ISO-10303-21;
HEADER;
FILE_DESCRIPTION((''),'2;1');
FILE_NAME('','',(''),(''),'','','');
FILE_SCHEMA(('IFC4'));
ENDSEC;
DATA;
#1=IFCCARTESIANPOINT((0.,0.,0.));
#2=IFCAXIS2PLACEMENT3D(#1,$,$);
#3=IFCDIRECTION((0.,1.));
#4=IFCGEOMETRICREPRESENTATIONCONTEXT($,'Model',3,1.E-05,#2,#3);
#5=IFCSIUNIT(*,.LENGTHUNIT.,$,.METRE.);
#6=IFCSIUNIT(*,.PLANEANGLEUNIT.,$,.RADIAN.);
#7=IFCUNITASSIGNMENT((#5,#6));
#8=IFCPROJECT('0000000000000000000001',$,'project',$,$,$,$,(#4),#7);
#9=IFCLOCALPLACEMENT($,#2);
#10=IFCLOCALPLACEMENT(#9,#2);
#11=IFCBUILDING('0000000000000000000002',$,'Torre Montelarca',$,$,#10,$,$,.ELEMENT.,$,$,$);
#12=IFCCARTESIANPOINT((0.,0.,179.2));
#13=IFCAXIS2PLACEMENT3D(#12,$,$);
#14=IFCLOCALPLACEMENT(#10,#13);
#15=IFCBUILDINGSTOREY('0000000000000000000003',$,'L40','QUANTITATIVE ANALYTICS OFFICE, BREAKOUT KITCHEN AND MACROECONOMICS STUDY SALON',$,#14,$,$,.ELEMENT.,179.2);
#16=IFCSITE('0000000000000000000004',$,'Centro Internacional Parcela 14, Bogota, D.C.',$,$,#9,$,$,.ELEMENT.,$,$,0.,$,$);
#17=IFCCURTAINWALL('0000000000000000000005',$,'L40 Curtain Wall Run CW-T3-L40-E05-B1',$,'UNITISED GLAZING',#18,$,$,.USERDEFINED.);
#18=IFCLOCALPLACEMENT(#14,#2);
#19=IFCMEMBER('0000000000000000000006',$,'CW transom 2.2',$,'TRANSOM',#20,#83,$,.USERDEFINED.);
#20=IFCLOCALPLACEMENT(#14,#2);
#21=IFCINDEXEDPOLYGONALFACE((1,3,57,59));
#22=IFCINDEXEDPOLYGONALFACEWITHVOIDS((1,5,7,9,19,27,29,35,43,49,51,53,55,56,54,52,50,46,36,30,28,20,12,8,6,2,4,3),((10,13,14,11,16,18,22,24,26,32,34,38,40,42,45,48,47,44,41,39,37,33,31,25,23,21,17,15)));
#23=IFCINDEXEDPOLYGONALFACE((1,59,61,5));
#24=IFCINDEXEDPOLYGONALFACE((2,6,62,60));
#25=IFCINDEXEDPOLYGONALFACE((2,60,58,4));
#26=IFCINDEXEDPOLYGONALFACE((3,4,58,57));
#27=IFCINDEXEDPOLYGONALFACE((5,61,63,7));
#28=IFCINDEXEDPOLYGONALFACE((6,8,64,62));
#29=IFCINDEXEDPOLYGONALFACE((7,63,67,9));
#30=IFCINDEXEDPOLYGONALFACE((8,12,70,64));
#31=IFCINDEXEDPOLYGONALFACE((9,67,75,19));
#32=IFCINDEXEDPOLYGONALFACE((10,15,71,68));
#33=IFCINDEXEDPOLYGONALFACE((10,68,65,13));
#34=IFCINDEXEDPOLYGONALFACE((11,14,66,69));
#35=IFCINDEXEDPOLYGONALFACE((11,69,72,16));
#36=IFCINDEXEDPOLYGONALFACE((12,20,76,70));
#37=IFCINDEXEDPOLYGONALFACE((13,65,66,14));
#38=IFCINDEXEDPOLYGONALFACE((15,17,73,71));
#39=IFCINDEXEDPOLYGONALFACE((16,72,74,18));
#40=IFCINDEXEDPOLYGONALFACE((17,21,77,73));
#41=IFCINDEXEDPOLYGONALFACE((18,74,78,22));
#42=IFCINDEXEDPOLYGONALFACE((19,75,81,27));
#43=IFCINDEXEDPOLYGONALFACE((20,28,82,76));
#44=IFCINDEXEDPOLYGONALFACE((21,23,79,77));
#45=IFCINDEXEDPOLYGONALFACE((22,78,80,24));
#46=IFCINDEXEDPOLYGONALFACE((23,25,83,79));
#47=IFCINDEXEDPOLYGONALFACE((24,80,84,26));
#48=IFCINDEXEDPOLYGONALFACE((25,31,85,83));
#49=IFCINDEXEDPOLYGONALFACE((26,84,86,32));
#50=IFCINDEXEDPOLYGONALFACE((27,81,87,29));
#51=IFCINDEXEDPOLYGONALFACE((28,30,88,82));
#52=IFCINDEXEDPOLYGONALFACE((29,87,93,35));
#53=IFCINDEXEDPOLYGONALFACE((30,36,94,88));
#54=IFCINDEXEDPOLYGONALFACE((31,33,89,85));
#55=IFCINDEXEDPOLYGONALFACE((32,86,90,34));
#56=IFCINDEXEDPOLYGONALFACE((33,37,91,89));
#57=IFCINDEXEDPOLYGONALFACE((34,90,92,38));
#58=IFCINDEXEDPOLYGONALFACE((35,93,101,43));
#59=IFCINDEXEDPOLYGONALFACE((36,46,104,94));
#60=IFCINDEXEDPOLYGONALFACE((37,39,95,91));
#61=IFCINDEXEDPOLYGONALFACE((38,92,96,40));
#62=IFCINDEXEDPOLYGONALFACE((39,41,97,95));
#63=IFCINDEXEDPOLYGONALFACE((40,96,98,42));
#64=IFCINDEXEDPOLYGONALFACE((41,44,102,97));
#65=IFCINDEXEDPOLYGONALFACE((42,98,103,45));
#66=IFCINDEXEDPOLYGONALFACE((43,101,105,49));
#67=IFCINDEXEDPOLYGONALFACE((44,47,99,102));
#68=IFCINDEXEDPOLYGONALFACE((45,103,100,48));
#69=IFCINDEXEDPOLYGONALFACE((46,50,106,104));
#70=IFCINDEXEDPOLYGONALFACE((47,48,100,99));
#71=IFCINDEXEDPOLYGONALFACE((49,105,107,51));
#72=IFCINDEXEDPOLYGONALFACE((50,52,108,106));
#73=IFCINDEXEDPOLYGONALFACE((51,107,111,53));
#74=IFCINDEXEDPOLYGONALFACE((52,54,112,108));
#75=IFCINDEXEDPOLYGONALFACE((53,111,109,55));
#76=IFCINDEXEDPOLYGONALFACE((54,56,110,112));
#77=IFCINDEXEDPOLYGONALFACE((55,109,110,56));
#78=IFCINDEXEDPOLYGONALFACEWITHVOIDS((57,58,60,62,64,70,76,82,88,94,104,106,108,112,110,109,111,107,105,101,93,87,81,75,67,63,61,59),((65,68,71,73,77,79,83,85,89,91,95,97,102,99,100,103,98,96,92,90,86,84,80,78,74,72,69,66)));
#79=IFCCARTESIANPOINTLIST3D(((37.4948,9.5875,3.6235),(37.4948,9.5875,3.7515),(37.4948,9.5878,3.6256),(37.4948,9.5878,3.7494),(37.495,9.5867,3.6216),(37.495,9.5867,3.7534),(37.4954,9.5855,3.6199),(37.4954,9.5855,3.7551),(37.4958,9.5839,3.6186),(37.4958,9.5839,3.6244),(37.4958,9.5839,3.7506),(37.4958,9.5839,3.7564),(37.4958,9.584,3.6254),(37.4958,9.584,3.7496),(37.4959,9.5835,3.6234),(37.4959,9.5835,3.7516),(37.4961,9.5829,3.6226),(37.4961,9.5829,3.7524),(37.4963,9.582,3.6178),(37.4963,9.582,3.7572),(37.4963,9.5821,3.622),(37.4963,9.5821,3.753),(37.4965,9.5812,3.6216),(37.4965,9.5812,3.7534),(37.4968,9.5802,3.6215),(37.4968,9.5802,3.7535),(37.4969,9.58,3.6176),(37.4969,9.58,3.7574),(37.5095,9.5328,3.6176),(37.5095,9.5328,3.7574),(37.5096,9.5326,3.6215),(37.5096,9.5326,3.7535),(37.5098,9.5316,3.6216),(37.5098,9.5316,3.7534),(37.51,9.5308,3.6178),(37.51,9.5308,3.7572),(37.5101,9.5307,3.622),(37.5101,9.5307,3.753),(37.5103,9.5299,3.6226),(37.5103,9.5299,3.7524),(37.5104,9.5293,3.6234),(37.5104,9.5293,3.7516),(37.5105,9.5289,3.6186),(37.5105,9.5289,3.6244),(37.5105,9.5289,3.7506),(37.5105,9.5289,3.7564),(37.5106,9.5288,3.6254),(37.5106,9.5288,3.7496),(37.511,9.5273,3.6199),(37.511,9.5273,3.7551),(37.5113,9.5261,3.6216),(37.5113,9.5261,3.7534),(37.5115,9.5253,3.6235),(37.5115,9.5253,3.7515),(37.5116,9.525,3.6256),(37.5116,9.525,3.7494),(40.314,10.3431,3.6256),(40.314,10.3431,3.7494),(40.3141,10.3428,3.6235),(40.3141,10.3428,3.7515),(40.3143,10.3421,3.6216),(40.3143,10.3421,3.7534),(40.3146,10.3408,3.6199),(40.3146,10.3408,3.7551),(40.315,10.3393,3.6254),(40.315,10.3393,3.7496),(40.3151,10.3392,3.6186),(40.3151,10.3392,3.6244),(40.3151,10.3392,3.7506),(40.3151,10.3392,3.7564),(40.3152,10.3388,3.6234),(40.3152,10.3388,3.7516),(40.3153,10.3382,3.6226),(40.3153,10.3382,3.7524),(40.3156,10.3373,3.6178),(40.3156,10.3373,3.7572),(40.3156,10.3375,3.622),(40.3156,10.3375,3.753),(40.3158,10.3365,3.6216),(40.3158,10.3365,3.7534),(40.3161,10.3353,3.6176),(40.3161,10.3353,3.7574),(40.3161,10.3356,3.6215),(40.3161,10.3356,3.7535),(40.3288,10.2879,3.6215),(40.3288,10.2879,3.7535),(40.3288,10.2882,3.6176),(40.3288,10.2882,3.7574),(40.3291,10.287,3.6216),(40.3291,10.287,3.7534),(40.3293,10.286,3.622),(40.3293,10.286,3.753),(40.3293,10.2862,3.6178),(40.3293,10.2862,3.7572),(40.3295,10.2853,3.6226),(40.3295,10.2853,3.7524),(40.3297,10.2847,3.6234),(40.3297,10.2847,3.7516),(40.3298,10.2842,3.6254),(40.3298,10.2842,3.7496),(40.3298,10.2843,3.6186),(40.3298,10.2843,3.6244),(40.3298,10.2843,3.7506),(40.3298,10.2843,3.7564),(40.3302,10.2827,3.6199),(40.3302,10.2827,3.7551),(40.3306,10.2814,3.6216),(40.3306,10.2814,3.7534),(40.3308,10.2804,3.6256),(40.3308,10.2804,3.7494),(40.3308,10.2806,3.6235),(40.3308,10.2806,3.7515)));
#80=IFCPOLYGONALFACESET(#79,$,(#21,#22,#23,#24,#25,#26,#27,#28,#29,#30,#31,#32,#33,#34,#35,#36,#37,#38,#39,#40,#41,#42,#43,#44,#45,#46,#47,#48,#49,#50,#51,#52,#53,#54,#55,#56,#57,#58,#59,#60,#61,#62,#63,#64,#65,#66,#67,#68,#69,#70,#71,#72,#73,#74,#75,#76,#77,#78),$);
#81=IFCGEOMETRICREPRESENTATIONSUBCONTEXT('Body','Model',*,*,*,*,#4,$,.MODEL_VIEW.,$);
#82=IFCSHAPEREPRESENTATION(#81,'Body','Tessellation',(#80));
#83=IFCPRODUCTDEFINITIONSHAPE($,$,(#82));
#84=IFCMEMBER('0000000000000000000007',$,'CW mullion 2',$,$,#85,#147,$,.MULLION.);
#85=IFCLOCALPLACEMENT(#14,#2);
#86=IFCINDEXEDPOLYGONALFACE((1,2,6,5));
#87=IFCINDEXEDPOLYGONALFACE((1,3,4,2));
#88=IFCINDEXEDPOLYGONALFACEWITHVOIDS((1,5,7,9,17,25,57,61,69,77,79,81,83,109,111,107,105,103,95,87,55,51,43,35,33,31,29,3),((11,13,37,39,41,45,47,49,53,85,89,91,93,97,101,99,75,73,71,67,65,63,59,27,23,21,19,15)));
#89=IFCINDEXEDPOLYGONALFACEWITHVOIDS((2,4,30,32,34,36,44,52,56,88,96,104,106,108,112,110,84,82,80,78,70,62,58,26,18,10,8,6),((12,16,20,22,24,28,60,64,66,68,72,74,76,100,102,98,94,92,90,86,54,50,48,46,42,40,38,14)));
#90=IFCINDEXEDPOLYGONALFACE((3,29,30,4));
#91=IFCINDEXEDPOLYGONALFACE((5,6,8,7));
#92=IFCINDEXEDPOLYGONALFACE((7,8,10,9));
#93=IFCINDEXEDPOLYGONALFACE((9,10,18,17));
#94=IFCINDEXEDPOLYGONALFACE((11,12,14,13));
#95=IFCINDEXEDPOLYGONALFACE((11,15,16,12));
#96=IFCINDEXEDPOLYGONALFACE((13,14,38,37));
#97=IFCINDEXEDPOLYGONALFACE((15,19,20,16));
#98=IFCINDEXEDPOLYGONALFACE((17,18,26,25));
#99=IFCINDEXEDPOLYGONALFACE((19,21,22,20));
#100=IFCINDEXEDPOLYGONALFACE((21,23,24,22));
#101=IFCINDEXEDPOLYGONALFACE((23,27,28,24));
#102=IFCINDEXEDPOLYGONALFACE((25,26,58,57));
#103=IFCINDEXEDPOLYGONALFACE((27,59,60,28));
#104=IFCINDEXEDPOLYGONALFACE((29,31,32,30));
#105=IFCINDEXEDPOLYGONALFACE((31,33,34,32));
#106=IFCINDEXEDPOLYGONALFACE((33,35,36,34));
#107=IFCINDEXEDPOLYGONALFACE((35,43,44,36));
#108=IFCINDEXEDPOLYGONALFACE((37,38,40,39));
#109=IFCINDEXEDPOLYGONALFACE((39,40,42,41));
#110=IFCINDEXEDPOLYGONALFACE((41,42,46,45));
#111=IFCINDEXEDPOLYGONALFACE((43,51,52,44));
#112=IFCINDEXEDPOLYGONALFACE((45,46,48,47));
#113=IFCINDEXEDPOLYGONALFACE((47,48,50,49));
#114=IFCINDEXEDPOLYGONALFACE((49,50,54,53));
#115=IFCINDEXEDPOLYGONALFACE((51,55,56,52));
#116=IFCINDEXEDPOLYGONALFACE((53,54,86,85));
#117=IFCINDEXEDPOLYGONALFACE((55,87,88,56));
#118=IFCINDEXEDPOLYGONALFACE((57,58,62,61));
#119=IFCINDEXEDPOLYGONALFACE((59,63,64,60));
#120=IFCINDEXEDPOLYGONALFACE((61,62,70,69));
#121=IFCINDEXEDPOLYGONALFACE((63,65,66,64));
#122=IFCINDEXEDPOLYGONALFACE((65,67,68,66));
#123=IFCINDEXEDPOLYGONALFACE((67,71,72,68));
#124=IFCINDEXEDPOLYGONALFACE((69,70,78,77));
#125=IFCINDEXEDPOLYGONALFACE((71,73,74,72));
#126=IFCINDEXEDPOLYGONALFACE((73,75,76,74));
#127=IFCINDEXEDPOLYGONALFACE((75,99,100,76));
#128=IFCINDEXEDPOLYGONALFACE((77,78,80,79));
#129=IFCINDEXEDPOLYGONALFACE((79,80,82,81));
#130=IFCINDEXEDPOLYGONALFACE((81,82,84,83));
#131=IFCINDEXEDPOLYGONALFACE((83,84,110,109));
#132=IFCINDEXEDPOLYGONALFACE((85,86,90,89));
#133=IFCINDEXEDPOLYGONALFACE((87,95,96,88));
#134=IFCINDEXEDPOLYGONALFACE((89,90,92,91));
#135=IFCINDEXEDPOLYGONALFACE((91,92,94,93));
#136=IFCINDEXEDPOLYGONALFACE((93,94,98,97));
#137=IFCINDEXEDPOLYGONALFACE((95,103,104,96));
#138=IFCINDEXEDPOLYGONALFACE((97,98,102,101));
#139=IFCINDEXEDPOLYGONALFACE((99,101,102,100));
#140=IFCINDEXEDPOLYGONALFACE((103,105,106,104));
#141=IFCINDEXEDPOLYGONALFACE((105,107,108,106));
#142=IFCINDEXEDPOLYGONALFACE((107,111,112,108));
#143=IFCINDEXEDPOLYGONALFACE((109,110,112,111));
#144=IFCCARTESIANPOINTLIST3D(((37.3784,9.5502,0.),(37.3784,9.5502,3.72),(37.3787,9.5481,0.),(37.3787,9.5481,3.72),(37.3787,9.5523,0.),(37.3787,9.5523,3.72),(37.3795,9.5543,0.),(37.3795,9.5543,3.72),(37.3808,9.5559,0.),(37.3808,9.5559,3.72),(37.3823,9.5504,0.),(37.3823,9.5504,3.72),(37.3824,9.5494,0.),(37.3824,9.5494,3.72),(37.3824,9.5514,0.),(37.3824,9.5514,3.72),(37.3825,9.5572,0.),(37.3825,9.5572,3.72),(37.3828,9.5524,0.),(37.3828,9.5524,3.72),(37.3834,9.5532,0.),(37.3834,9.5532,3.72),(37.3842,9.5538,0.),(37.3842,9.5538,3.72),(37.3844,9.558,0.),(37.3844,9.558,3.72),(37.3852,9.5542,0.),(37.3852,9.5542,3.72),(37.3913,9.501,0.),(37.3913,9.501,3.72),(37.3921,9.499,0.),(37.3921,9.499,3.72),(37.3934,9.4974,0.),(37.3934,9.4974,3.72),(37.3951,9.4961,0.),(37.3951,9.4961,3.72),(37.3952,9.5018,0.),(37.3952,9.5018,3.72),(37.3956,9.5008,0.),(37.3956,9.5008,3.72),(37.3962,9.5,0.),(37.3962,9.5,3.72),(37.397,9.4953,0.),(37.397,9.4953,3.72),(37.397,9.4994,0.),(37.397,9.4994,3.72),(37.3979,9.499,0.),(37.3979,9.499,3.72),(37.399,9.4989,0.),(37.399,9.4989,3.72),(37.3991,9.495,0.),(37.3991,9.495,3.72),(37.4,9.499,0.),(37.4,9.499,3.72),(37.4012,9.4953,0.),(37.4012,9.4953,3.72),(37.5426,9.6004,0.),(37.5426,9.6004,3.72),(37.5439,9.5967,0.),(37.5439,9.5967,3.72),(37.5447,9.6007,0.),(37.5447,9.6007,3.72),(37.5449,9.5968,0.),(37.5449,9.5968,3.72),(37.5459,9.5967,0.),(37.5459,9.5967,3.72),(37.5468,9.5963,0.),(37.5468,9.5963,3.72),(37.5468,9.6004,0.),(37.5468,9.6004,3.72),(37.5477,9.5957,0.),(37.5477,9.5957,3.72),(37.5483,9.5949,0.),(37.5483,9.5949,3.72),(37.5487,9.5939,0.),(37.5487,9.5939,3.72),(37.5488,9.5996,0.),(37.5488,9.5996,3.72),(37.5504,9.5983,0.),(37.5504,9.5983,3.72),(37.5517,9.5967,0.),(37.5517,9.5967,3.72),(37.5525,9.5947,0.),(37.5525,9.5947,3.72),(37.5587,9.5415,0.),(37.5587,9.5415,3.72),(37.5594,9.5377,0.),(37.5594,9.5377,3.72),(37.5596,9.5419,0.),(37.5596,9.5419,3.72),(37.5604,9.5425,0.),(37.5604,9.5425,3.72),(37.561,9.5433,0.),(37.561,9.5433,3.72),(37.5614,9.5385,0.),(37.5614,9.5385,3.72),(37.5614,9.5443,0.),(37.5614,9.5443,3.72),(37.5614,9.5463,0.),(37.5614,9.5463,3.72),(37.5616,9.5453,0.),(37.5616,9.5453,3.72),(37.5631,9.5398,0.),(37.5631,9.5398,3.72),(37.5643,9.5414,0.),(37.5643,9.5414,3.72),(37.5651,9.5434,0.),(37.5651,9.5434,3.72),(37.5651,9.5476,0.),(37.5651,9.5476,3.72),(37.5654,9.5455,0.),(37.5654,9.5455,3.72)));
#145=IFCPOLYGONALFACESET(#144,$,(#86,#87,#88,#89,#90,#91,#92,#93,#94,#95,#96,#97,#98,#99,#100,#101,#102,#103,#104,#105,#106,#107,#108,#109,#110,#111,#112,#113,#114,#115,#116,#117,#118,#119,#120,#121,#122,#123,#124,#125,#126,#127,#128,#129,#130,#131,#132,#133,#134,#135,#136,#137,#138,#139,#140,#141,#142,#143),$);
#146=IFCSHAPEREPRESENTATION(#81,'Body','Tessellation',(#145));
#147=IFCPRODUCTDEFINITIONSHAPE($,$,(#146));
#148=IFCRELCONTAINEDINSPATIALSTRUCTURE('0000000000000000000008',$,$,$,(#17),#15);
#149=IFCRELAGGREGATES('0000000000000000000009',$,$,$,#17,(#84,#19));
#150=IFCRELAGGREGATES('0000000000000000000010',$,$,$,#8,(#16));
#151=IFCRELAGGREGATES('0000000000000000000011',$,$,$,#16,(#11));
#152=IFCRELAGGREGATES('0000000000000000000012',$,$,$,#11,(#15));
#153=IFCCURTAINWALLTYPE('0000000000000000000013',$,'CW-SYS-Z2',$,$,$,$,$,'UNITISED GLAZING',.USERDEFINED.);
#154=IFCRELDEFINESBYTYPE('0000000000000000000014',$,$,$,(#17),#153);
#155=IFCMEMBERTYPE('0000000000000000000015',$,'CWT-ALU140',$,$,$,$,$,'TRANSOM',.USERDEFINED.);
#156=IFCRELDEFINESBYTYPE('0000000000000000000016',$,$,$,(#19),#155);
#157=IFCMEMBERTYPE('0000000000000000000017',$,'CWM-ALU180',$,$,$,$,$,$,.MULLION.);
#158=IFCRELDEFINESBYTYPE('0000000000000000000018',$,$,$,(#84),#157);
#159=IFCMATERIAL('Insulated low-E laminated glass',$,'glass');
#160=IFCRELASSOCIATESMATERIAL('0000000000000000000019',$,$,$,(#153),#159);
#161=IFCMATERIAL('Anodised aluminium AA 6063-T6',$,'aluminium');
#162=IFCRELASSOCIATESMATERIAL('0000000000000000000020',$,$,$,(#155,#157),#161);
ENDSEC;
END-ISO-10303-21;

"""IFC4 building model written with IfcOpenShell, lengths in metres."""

from ifc_helpers import new_model, si_unit, direction, frame, origin, origin_2d, place, context, subcontext, project, spatial, hollow_rectangle, extrude, source, transform, mapped, material, material_profile, profile_set, type_object, element, aggregate, save


model = new_model("IFC4")

# Units and contexts
model_context = context("Model", 3, precision=1e-05, world=origin(), true_north=direction((0.0, 1.0)))
body_context = subcontext(model_context, "Body", "Model", "MODEL_VIEW")
ifc_project = project(units=[si_unit("LENGTHUNIT", "METRE"), si_unit("PLANEANGLEUNIT", "RADIAN")], contexts=[model_context])

# Site, building, storey
site_placement = place(None, origin())
site = spatial("IfcSite", under=ifc_project, at=site_placement, Name="Centro Internacional Parcela 14, Bogota, D.C.", CompositionType="ELEMENT", RefElevation=0.0)
building_placement = place(site_placement, origin())
building = spatial("IfcBuilding", under=site, at=building_placement, Name="Torre Montelarca", CompositionType="ELEMENT")
storey_placement = place(building_placement, frame((0.0, 0.0, 179.2)))
storey = spatial("IfcBuildingStorey", under=building, at=storey_placement, Name="L40", Description="QUANTITATIVE ANALYTICS OFFICE, BREAKOUT KITCHEN AND MACROECONOMICS STUDY SALON", CompositionType="ELEMENT", Elevation=179.2)

# Curtain wall, members
ifc_material_1 = material(Name="Insulated low-E laminated glass", Category="glass")
curtain_wall_type = type_object("IfcCurtainWallType", Name="CW-SYS-Z2", ElementType="UNITISED GLAZING", PredefinedType="USERDEFINED", material=ifc_material_1)
curtain_wall_1_placement = place(storey_placement, origin())
curtain_wall_1 = element("IfcCurtainWall", 1, at=curtain_wall_1_placement, inside=storey, type_object=curtain_wall_type, Name="L40 Curtain Wall Run CW-T3-L40-E05-B1", ObjectType="UNITISED GLAZING", PredefinedType="USERDEFINED")
ifc_material_2 = material(Name="Anodised aluminium AA 6063-T6", Category="aluminium")
ifc_material_profile_1 = material_profile(ifc_material_2, hollow_rectangle(XDim=0.0649, YDim=0.1399, WallThickness=0.0039, InnerFilletRadius=0.0039, OuterFilletRadius=0.0081, at=origin_2d()), Name="ALU65X140X4", Category="aluminium")
ifc_profile_set_1 = profile_set([ifc_material_profile_1], Name="Anodised aluminium AA 6063-T6")
member_type_1 = type_object("IfcMemberType", Name="CWT-ALU140", ElementType="TRANSOM", PredefinedType="USERDEFINED", material=ifc_profile_set_1)
shared_shape_1 = source(origin(), body_context, "Body", "SweptSolid", [
    extrude(hollow_rectangle(XDim=0.0649, YDim=0.1399, WallThickness=0.0039, InnerFilletRadius=0.0039, OuterFilletRadius=0.0081, at=origin_2d()), origin(), (0.0, 0.0, 1.0), 2.9187),
])
member_1_placement = place(storey_placement, frame((37.5032, 9.5564, 3.6875), z_axis=(0.965932, 0.258797, 0.0), x_axis=(-0.258797, 0.965932, 0.0)))
member_1 = element("IfcMember", 2, at=member_1_placement, type_object=member_type_1, Name="CW transom 2.2", ObjectType="TRANSOM", PredefinedType="USERDEFINED", context=body_context, shape_type="MappedRepresentation", body=[
    mapped(shared_shape_1, transform((0.0, 0.0, 0.0), scale=1.0)),
])
ifc_material_profile_2 = material_profile(ifc_material_2, hollow_rectangle(XDim=0.0649, YDim=0.1799, WallThickness=0.0039, InnerFilletRadius=0.0039, OuterFilletRadius=0.0081, at=origin_2d()), Name="ALU65X180X4", Category="aluminium")
ifc_profile_set_2 = profile_set([ifc_material_profile_2], Name="Anodised aluminium AA 6063-T6")
member_type_2 = type_object("IfcMemberType", Name="CWM-ALU180", PredefinedType="MULLION", material=ifc_profile_set_2)
shared_shape_2 = source(origin(), body_context, "Body", "SweptSolid", [
    extrude(hollow_rectangle(XDim=0.0649, YDim=0.1799, WallThickness=0.0039, InnerFilletRadius=0.0039, OuterFilletRadius=0.0081, at=origin_2d()), origin(), (0.0, 0.0, 1.0), 3.72),
])
member_2_placement = place(storey_placement, frame((37.4719, 9.5479, 0.0), z_axis=(0.0, 0.0, 1.0), x_axis=(-0.258829, 0.965923, 0.0)))
member_2 = element("IfcMember", 3, at=member_2_placement, type_object=member_type_2, Name="CW mullion 2", PredefinedType="MULLION", context=body_context, shape_type="MappedRepresentation", body=[
    mapped(shared_shape_2, transform((0.0, 0.0, 0.0), scale=1.0)),
])

aggregate(curtain_wall_1, [member_2, member_1])

save(model, "model.ifc")
